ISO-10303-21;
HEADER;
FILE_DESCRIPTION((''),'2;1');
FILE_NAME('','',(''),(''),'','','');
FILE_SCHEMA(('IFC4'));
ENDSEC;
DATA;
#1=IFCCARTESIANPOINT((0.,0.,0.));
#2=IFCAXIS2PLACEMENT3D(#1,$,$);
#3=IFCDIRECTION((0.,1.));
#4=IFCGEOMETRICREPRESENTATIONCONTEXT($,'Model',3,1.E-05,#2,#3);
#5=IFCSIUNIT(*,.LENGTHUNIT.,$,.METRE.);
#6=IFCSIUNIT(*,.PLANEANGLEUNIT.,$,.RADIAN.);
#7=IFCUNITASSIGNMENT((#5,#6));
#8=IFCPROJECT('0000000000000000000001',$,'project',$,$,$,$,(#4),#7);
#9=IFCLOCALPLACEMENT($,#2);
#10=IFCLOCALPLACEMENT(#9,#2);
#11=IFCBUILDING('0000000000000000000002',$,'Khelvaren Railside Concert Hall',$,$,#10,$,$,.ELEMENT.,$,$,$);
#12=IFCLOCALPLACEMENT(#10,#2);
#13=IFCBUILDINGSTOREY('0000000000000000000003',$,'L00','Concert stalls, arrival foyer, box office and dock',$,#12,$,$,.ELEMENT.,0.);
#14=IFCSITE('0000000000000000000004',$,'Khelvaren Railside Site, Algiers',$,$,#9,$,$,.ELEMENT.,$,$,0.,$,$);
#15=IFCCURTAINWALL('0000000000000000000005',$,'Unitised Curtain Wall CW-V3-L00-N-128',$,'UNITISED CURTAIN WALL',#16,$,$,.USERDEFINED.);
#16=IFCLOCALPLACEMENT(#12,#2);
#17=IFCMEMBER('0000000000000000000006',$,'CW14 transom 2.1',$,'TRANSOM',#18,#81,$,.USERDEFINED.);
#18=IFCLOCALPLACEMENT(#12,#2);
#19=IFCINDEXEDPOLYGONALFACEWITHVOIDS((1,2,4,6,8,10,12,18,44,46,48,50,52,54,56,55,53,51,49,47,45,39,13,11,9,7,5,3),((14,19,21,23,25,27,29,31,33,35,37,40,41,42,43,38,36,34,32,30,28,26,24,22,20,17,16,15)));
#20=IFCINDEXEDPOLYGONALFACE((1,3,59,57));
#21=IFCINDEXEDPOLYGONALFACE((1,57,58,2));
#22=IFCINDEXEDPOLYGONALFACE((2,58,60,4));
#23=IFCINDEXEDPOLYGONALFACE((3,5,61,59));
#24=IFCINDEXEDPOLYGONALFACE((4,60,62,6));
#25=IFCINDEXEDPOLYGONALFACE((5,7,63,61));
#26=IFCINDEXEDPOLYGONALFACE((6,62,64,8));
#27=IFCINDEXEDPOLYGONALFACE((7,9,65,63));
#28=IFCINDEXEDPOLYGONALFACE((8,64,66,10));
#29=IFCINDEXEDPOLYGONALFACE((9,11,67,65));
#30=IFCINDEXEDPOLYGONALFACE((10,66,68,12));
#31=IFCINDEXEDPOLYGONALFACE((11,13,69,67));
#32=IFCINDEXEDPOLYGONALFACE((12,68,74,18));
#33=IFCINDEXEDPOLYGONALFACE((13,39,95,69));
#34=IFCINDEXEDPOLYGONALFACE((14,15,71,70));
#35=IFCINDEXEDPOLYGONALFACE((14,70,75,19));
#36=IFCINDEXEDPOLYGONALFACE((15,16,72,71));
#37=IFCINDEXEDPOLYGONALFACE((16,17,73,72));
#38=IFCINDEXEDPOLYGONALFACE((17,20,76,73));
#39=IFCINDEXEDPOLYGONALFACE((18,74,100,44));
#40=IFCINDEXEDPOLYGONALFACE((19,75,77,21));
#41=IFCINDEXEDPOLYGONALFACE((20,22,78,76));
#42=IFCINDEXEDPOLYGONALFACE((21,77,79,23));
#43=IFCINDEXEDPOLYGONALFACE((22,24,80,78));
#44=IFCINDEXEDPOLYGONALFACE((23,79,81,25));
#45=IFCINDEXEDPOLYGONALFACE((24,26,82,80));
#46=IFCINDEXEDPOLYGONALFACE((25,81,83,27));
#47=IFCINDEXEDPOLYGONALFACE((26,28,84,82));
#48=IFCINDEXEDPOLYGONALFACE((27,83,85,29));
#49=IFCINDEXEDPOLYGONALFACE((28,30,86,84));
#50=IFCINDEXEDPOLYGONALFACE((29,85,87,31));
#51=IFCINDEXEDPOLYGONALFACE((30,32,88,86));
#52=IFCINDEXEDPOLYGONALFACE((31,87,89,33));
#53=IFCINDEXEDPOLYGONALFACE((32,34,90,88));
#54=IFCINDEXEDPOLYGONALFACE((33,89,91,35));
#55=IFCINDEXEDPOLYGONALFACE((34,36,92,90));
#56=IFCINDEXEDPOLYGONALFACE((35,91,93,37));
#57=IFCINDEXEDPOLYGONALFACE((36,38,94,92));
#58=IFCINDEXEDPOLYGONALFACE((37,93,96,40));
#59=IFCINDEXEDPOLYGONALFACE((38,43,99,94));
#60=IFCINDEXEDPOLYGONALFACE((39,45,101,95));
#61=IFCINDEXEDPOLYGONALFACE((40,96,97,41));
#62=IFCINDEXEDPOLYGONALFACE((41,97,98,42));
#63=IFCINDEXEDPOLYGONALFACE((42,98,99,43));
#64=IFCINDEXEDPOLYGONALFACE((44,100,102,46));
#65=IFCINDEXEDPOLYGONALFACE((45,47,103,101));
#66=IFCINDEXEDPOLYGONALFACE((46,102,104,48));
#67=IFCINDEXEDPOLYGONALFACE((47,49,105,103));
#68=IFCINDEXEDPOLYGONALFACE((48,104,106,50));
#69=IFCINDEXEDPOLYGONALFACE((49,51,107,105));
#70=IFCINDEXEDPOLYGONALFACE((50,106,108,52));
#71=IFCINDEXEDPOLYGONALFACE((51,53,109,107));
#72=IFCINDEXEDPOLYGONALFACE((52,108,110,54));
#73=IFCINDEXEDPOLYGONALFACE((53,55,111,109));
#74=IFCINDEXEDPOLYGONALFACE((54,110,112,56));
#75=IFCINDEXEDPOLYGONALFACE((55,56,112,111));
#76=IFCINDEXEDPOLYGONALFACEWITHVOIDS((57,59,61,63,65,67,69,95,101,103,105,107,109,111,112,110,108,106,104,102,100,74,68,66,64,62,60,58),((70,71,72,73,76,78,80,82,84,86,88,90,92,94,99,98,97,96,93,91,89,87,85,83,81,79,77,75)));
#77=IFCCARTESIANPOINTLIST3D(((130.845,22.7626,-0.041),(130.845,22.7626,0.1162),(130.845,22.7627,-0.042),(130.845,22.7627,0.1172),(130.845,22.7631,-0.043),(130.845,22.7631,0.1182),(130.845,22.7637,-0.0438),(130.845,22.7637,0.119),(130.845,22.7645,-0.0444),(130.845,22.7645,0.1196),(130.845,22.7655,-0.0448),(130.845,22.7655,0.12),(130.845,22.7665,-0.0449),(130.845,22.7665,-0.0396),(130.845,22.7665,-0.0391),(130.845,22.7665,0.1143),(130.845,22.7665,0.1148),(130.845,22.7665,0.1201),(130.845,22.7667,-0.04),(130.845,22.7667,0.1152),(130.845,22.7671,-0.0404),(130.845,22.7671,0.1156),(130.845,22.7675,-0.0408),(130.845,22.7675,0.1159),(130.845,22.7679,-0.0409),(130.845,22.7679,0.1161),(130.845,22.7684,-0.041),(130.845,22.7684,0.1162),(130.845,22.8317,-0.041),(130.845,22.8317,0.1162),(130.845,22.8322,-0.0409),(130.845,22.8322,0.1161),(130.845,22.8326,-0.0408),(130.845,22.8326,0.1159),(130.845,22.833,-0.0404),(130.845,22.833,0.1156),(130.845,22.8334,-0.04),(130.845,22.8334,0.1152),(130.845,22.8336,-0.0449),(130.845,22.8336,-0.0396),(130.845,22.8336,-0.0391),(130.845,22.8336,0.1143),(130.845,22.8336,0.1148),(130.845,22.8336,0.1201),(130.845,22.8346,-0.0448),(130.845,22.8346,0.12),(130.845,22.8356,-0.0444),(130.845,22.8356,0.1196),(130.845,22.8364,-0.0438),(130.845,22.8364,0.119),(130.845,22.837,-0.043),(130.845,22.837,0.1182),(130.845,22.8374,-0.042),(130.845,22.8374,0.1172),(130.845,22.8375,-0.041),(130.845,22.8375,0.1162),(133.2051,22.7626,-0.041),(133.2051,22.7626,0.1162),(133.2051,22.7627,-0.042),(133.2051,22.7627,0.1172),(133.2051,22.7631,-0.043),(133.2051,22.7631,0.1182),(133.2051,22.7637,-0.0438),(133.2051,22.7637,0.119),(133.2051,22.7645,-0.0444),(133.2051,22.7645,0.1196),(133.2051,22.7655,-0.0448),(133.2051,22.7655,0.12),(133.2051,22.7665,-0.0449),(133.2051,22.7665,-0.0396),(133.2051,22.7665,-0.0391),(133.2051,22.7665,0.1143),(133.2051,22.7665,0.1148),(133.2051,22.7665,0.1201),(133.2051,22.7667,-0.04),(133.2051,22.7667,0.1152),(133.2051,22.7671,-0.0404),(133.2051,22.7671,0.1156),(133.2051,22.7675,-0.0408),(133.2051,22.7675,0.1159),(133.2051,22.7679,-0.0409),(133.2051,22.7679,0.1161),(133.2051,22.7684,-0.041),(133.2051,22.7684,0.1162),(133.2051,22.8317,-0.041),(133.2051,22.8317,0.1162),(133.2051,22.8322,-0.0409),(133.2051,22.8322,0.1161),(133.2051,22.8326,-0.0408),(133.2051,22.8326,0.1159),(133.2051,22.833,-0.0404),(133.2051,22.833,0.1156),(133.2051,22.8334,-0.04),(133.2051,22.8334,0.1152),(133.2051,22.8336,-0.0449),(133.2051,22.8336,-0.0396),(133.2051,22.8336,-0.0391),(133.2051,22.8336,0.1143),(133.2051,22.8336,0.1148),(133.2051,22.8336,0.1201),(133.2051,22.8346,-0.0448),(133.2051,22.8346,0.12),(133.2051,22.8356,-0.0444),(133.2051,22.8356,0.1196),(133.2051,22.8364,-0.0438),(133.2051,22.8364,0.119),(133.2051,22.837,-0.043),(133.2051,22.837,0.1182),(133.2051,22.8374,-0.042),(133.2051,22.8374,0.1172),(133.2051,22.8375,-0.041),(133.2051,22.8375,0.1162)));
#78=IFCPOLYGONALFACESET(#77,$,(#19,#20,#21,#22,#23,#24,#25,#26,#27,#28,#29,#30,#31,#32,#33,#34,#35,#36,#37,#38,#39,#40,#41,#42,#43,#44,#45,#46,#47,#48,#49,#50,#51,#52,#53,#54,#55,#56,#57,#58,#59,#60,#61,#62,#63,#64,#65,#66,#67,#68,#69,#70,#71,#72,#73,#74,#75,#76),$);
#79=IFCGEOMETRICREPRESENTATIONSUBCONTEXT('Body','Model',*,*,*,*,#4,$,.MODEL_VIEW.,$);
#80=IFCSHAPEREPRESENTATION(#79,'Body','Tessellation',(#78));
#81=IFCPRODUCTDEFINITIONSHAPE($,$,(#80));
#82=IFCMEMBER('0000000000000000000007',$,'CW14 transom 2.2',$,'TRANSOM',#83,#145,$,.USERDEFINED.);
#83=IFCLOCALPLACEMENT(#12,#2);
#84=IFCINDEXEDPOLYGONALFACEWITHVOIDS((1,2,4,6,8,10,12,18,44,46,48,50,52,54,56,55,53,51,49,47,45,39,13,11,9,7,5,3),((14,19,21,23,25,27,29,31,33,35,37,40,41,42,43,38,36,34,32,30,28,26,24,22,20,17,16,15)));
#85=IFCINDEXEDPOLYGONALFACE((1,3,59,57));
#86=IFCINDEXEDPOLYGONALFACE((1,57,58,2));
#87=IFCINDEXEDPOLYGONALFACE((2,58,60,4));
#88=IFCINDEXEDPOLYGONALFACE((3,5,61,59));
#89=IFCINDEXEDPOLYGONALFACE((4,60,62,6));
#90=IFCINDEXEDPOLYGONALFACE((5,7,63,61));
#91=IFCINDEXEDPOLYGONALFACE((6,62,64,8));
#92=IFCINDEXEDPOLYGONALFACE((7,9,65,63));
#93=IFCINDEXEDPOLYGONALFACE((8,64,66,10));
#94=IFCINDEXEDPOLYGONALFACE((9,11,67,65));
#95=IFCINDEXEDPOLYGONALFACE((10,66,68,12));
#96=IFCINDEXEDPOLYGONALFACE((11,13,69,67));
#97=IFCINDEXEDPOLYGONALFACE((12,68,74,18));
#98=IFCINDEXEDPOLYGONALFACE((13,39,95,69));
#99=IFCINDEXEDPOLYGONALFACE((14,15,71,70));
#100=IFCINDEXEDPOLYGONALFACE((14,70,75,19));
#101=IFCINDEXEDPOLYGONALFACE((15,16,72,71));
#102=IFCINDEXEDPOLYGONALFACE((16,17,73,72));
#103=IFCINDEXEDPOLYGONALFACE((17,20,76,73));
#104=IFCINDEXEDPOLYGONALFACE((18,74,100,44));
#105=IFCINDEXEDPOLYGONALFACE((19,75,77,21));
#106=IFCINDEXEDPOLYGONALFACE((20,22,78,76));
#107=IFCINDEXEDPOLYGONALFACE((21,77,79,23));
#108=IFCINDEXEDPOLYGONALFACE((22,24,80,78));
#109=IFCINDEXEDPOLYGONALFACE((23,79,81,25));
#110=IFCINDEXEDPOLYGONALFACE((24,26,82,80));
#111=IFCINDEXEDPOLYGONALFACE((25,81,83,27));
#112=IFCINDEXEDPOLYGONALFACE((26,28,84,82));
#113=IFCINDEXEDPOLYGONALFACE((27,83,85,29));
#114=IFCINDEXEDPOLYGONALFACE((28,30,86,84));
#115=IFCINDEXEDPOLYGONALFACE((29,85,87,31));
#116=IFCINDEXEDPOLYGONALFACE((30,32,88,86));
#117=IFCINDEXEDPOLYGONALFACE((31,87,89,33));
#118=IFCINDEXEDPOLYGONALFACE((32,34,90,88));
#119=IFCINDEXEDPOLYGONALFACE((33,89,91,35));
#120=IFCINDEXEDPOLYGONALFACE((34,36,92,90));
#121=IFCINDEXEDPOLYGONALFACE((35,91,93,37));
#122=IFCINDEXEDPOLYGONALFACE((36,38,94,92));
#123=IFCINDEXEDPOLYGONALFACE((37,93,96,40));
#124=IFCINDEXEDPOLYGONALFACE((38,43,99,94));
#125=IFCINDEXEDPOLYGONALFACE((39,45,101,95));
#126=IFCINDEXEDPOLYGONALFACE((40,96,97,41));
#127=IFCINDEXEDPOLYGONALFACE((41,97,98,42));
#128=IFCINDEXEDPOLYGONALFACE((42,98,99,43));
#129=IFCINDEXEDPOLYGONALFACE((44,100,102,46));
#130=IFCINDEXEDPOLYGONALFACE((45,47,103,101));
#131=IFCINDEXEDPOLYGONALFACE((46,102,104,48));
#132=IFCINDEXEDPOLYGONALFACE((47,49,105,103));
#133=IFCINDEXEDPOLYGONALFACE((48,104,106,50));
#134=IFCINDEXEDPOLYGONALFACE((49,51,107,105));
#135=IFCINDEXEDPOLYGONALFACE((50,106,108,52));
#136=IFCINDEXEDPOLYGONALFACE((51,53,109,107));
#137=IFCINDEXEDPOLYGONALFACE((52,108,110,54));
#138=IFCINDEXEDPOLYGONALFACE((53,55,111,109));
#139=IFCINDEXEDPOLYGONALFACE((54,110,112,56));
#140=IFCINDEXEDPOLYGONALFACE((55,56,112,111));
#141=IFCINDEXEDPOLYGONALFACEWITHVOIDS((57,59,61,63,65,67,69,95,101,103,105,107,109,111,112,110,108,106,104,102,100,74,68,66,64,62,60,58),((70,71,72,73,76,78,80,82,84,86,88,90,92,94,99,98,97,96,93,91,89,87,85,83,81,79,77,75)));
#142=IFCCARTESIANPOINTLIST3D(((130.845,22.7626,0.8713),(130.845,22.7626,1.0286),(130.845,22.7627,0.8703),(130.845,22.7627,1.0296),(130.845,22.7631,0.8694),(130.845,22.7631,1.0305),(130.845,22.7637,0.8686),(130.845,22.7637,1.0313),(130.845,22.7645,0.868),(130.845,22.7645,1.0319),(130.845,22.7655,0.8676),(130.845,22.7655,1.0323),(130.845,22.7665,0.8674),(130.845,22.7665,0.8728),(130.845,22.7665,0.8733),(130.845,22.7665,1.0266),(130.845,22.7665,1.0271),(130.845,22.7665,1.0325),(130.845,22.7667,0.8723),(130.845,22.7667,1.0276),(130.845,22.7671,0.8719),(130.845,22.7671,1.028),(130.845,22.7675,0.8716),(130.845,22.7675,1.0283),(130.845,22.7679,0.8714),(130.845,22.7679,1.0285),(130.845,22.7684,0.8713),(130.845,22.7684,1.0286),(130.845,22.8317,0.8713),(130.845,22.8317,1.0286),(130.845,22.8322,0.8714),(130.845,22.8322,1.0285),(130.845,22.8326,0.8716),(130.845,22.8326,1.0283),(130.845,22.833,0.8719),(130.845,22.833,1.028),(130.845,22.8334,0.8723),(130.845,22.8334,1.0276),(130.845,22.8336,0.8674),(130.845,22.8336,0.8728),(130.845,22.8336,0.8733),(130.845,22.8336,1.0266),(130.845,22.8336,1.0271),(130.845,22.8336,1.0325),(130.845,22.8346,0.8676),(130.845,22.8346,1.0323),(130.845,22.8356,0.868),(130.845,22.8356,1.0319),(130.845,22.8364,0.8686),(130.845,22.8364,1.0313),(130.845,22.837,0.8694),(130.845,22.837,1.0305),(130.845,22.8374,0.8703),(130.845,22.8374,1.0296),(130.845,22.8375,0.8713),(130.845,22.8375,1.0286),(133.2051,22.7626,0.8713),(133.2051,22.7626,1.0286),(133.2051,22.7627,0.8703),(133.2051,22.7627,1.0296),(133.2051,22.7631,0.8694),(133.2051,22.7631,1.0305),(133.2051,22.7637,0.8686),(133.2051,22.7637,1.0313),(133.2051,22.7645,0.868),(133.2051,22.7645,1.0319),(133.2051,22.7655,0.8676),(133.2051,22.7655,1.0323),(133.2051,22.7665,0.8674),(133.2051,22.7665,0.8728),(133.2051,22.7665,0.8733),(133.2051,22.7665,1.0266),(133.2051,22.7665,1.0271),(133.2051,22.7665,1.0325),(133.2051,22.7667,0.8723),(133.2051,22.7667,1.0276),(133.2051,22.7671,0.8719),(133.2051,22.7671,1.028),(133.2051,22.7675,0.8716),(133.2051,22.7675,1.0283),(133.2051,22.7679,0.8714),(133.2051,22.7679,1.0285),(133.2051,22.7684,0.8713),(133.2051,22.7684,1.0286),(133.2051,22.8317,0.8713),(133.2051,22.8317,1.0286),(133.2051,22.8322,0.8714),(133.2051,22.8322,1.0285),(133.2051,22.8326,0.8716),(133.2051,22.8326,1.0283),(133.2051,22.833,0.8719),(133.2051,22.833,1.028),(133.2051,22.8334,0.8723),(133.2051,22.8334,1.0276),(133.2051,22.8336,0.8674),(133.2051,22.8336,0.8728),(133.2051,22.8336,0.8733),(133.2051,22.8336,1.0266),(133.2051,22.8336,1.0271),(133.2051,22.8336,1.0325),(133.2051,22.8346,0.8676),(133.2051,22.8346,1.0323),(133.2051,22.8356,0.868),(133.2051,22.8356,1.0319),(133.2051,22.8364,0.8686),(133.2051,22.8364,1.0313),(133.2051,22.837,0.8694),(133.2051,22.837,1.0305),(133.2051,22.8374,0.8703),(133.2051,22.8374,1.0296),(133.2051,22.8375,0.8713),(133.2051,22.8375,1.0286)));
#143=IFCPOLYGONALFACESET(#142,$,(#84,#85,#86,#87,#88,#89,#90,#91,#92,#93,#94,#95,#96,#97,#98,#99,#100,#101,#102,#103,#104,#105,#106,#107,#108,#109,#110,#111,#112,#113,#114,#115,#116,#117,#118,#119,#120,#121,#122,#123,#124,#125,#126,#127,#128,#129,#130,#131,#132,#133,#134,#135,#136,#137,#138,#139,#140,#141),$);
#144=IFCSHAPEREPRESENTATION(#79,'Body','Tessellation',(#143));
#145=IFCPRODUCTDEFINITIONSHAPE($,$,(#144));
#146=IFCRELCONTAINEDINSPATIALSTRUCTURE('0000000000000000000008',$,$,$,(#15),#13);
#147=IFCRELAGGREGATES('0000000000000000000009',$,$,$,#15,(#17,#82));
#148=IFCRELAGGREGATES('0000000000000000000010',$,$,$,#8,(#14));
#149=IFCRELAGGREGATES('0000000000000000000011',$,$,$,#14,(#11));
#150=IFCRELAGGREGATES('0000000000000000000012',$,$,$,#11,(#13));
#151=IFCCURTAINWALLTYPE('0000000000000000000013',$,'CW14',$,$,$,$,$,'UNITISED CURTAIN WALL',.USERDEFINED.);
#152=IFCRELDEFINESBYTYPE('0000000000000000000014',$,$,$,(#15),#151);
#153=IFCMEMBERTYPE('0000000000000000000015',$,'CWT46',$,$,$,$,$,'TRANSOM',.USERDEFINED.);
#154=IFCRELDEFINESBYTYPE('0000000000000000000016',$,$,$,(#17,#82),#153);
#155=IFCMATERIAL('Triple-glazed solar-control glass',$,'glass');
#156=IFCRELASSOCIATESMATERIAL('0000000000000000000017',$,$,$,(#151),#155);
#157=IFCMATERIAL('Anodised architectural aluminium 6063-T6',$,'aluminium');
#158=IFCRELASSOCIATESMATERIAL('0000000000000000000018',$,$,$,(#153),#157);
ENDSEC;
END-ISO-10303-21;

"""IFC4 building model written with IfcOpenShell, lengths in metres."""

from ifc_helpers import new_model, si_unit, direction, frame, origin, origin_2d, place, context, subcontext, project, spatial, hollow_rectangle, extrude, material, material_profile, profile_set, type_object, element, aggregate, save


model = new_model("IFC4")

# Units and contexts
model_context = context("Model", 3, precision=1e-05, world=origin(), true_north=direction((0.0, 1.0)))
body_context = subcontext(model_context, "Body", "Model", "MODEL_VIEW")
ifc_project = project(units=[si_unit("LENGTHUNIT", "METRE"), si_unit("PLANEANGLEUNIT", "RADIAN")], contexts=[model_context])

# Site, building, storey
site_placement = place(None, origin())
site = spatial("IfcSite", under=ifc_project, at=site_placement, Name="Khelvaren Railside Site, Algiers", CompositionType="ELEMENT", RefElevation=0.0)
building_placement = place(site_placement, origin())
building = spatial("IfcBuilding", under=site, at=building_placement, Name="Khelvaren Railside Concert Hall", CompositionType="ELEMENT")
storey_placement = place(building_placement, origin())
storey = spatial("IfcBuildingStorey", under=building, at=storey_placement, Name="L00", Description="Concert stalls, arrival foyer, box office and dock", CompositionType="ELEMENT", Elevation=0.0)

# Shared definitions
ifc_material_1 = material(Name="Triple-glazed solar-control glass", Category="glass")
ifc_material_2 = material(Name="Anodised architectural aluminium 6063-T6", Category="aluminium")

# Curtain wall, members
curtain_wall_type_1 = type_object("IfcCurtainWallType", Name="CW14", ElementType="UNITISED CURTAIN WALL", PredefinedType="USERDEFINED", material=ifc_material_1)
curtain_wall_1_placement = place(storey_placement, origin())
curtain_wall_1 = element("IfcCurtainWall", 1, at=curtain_wall_1_placement, inside=storey, type_object=curtain_wall_type_1, Name="Unitised Curtain Wall CW-V3-L00-N-128", ObjectType="UNITISED CURTAIN WALL", PredefinedType="USERDEFINED")
ifc_material_profile_1 = material_profile(ifc_material_2, hollow_rectangle(XDim=0.075, YDim=0.165, WallThickness=0.0039, InnerFilletRadius=0.002, OuterFilletRadius=0.0039, at=origin_2d()), Name="CWT 75x165x4")
ifc_profile_set_1 = profile_set([ifc_material_profile_1], Name="Anodised architectural aluminium 6063-T6")
member_type_1 = type_object("IfcMemberType", Name="CWT46", ElementType="TRANSOM", PredefinedType="USERDEFINED", material=ifc_profile_set_1)
member_1_placement = place(storey_placement, frame((130.845, 22.8, 0.0376), z_axis=(1.0, 0.0, 0.0), x_axis=(0.0, 1.0, 0.0)))
member_1 = element("IfcMember", 2, at=member_1_placement, type_object=member_type_1, Name="CW14 transom 2.1", ObjectType="TRANSOM", PredefinedType="USERDEFINED", context=body_context, shape_type="SweptSolid", body=[
    extrude(hollow_rectangle(XDim=0.075, YDim=0.165, WallThickness=0.0039, InnerFilletRadius=0.002, OuterFilletRadius=0.0039, at=origin_2d()), origin(), (0.0, 0.0, 1.0), 2.3601),
])
member_2_placement = place(storey_placement, frame((130.845, 22.8, 0.95), z_axis=(1.0, 0.0, 0.0), x_axis=(0.0, 1.0, 0.0)))
member_2 = element("IfcMember", 3, at=member_2_placement, type_object=member_type_1, Name="CW14 transom 2.2", ObjectType="TRANSOM", PredefinedType="USERDEFINED", context=body_context, shape_type="SweptSolid", body=[
    extrude(hollow_rectangle(XDim=0.075, YDim=0.165, WallThickness=0.0039, InnerFilletRadius=0.002, OuterFilletRadius=0.0039, at=origin_2d()), origin(), (0.0, 0.0, 1.0), 2.3601),
])

aggregate(curtain_wall_1, [member_1, member_2])

save(model, "model.ifc")
